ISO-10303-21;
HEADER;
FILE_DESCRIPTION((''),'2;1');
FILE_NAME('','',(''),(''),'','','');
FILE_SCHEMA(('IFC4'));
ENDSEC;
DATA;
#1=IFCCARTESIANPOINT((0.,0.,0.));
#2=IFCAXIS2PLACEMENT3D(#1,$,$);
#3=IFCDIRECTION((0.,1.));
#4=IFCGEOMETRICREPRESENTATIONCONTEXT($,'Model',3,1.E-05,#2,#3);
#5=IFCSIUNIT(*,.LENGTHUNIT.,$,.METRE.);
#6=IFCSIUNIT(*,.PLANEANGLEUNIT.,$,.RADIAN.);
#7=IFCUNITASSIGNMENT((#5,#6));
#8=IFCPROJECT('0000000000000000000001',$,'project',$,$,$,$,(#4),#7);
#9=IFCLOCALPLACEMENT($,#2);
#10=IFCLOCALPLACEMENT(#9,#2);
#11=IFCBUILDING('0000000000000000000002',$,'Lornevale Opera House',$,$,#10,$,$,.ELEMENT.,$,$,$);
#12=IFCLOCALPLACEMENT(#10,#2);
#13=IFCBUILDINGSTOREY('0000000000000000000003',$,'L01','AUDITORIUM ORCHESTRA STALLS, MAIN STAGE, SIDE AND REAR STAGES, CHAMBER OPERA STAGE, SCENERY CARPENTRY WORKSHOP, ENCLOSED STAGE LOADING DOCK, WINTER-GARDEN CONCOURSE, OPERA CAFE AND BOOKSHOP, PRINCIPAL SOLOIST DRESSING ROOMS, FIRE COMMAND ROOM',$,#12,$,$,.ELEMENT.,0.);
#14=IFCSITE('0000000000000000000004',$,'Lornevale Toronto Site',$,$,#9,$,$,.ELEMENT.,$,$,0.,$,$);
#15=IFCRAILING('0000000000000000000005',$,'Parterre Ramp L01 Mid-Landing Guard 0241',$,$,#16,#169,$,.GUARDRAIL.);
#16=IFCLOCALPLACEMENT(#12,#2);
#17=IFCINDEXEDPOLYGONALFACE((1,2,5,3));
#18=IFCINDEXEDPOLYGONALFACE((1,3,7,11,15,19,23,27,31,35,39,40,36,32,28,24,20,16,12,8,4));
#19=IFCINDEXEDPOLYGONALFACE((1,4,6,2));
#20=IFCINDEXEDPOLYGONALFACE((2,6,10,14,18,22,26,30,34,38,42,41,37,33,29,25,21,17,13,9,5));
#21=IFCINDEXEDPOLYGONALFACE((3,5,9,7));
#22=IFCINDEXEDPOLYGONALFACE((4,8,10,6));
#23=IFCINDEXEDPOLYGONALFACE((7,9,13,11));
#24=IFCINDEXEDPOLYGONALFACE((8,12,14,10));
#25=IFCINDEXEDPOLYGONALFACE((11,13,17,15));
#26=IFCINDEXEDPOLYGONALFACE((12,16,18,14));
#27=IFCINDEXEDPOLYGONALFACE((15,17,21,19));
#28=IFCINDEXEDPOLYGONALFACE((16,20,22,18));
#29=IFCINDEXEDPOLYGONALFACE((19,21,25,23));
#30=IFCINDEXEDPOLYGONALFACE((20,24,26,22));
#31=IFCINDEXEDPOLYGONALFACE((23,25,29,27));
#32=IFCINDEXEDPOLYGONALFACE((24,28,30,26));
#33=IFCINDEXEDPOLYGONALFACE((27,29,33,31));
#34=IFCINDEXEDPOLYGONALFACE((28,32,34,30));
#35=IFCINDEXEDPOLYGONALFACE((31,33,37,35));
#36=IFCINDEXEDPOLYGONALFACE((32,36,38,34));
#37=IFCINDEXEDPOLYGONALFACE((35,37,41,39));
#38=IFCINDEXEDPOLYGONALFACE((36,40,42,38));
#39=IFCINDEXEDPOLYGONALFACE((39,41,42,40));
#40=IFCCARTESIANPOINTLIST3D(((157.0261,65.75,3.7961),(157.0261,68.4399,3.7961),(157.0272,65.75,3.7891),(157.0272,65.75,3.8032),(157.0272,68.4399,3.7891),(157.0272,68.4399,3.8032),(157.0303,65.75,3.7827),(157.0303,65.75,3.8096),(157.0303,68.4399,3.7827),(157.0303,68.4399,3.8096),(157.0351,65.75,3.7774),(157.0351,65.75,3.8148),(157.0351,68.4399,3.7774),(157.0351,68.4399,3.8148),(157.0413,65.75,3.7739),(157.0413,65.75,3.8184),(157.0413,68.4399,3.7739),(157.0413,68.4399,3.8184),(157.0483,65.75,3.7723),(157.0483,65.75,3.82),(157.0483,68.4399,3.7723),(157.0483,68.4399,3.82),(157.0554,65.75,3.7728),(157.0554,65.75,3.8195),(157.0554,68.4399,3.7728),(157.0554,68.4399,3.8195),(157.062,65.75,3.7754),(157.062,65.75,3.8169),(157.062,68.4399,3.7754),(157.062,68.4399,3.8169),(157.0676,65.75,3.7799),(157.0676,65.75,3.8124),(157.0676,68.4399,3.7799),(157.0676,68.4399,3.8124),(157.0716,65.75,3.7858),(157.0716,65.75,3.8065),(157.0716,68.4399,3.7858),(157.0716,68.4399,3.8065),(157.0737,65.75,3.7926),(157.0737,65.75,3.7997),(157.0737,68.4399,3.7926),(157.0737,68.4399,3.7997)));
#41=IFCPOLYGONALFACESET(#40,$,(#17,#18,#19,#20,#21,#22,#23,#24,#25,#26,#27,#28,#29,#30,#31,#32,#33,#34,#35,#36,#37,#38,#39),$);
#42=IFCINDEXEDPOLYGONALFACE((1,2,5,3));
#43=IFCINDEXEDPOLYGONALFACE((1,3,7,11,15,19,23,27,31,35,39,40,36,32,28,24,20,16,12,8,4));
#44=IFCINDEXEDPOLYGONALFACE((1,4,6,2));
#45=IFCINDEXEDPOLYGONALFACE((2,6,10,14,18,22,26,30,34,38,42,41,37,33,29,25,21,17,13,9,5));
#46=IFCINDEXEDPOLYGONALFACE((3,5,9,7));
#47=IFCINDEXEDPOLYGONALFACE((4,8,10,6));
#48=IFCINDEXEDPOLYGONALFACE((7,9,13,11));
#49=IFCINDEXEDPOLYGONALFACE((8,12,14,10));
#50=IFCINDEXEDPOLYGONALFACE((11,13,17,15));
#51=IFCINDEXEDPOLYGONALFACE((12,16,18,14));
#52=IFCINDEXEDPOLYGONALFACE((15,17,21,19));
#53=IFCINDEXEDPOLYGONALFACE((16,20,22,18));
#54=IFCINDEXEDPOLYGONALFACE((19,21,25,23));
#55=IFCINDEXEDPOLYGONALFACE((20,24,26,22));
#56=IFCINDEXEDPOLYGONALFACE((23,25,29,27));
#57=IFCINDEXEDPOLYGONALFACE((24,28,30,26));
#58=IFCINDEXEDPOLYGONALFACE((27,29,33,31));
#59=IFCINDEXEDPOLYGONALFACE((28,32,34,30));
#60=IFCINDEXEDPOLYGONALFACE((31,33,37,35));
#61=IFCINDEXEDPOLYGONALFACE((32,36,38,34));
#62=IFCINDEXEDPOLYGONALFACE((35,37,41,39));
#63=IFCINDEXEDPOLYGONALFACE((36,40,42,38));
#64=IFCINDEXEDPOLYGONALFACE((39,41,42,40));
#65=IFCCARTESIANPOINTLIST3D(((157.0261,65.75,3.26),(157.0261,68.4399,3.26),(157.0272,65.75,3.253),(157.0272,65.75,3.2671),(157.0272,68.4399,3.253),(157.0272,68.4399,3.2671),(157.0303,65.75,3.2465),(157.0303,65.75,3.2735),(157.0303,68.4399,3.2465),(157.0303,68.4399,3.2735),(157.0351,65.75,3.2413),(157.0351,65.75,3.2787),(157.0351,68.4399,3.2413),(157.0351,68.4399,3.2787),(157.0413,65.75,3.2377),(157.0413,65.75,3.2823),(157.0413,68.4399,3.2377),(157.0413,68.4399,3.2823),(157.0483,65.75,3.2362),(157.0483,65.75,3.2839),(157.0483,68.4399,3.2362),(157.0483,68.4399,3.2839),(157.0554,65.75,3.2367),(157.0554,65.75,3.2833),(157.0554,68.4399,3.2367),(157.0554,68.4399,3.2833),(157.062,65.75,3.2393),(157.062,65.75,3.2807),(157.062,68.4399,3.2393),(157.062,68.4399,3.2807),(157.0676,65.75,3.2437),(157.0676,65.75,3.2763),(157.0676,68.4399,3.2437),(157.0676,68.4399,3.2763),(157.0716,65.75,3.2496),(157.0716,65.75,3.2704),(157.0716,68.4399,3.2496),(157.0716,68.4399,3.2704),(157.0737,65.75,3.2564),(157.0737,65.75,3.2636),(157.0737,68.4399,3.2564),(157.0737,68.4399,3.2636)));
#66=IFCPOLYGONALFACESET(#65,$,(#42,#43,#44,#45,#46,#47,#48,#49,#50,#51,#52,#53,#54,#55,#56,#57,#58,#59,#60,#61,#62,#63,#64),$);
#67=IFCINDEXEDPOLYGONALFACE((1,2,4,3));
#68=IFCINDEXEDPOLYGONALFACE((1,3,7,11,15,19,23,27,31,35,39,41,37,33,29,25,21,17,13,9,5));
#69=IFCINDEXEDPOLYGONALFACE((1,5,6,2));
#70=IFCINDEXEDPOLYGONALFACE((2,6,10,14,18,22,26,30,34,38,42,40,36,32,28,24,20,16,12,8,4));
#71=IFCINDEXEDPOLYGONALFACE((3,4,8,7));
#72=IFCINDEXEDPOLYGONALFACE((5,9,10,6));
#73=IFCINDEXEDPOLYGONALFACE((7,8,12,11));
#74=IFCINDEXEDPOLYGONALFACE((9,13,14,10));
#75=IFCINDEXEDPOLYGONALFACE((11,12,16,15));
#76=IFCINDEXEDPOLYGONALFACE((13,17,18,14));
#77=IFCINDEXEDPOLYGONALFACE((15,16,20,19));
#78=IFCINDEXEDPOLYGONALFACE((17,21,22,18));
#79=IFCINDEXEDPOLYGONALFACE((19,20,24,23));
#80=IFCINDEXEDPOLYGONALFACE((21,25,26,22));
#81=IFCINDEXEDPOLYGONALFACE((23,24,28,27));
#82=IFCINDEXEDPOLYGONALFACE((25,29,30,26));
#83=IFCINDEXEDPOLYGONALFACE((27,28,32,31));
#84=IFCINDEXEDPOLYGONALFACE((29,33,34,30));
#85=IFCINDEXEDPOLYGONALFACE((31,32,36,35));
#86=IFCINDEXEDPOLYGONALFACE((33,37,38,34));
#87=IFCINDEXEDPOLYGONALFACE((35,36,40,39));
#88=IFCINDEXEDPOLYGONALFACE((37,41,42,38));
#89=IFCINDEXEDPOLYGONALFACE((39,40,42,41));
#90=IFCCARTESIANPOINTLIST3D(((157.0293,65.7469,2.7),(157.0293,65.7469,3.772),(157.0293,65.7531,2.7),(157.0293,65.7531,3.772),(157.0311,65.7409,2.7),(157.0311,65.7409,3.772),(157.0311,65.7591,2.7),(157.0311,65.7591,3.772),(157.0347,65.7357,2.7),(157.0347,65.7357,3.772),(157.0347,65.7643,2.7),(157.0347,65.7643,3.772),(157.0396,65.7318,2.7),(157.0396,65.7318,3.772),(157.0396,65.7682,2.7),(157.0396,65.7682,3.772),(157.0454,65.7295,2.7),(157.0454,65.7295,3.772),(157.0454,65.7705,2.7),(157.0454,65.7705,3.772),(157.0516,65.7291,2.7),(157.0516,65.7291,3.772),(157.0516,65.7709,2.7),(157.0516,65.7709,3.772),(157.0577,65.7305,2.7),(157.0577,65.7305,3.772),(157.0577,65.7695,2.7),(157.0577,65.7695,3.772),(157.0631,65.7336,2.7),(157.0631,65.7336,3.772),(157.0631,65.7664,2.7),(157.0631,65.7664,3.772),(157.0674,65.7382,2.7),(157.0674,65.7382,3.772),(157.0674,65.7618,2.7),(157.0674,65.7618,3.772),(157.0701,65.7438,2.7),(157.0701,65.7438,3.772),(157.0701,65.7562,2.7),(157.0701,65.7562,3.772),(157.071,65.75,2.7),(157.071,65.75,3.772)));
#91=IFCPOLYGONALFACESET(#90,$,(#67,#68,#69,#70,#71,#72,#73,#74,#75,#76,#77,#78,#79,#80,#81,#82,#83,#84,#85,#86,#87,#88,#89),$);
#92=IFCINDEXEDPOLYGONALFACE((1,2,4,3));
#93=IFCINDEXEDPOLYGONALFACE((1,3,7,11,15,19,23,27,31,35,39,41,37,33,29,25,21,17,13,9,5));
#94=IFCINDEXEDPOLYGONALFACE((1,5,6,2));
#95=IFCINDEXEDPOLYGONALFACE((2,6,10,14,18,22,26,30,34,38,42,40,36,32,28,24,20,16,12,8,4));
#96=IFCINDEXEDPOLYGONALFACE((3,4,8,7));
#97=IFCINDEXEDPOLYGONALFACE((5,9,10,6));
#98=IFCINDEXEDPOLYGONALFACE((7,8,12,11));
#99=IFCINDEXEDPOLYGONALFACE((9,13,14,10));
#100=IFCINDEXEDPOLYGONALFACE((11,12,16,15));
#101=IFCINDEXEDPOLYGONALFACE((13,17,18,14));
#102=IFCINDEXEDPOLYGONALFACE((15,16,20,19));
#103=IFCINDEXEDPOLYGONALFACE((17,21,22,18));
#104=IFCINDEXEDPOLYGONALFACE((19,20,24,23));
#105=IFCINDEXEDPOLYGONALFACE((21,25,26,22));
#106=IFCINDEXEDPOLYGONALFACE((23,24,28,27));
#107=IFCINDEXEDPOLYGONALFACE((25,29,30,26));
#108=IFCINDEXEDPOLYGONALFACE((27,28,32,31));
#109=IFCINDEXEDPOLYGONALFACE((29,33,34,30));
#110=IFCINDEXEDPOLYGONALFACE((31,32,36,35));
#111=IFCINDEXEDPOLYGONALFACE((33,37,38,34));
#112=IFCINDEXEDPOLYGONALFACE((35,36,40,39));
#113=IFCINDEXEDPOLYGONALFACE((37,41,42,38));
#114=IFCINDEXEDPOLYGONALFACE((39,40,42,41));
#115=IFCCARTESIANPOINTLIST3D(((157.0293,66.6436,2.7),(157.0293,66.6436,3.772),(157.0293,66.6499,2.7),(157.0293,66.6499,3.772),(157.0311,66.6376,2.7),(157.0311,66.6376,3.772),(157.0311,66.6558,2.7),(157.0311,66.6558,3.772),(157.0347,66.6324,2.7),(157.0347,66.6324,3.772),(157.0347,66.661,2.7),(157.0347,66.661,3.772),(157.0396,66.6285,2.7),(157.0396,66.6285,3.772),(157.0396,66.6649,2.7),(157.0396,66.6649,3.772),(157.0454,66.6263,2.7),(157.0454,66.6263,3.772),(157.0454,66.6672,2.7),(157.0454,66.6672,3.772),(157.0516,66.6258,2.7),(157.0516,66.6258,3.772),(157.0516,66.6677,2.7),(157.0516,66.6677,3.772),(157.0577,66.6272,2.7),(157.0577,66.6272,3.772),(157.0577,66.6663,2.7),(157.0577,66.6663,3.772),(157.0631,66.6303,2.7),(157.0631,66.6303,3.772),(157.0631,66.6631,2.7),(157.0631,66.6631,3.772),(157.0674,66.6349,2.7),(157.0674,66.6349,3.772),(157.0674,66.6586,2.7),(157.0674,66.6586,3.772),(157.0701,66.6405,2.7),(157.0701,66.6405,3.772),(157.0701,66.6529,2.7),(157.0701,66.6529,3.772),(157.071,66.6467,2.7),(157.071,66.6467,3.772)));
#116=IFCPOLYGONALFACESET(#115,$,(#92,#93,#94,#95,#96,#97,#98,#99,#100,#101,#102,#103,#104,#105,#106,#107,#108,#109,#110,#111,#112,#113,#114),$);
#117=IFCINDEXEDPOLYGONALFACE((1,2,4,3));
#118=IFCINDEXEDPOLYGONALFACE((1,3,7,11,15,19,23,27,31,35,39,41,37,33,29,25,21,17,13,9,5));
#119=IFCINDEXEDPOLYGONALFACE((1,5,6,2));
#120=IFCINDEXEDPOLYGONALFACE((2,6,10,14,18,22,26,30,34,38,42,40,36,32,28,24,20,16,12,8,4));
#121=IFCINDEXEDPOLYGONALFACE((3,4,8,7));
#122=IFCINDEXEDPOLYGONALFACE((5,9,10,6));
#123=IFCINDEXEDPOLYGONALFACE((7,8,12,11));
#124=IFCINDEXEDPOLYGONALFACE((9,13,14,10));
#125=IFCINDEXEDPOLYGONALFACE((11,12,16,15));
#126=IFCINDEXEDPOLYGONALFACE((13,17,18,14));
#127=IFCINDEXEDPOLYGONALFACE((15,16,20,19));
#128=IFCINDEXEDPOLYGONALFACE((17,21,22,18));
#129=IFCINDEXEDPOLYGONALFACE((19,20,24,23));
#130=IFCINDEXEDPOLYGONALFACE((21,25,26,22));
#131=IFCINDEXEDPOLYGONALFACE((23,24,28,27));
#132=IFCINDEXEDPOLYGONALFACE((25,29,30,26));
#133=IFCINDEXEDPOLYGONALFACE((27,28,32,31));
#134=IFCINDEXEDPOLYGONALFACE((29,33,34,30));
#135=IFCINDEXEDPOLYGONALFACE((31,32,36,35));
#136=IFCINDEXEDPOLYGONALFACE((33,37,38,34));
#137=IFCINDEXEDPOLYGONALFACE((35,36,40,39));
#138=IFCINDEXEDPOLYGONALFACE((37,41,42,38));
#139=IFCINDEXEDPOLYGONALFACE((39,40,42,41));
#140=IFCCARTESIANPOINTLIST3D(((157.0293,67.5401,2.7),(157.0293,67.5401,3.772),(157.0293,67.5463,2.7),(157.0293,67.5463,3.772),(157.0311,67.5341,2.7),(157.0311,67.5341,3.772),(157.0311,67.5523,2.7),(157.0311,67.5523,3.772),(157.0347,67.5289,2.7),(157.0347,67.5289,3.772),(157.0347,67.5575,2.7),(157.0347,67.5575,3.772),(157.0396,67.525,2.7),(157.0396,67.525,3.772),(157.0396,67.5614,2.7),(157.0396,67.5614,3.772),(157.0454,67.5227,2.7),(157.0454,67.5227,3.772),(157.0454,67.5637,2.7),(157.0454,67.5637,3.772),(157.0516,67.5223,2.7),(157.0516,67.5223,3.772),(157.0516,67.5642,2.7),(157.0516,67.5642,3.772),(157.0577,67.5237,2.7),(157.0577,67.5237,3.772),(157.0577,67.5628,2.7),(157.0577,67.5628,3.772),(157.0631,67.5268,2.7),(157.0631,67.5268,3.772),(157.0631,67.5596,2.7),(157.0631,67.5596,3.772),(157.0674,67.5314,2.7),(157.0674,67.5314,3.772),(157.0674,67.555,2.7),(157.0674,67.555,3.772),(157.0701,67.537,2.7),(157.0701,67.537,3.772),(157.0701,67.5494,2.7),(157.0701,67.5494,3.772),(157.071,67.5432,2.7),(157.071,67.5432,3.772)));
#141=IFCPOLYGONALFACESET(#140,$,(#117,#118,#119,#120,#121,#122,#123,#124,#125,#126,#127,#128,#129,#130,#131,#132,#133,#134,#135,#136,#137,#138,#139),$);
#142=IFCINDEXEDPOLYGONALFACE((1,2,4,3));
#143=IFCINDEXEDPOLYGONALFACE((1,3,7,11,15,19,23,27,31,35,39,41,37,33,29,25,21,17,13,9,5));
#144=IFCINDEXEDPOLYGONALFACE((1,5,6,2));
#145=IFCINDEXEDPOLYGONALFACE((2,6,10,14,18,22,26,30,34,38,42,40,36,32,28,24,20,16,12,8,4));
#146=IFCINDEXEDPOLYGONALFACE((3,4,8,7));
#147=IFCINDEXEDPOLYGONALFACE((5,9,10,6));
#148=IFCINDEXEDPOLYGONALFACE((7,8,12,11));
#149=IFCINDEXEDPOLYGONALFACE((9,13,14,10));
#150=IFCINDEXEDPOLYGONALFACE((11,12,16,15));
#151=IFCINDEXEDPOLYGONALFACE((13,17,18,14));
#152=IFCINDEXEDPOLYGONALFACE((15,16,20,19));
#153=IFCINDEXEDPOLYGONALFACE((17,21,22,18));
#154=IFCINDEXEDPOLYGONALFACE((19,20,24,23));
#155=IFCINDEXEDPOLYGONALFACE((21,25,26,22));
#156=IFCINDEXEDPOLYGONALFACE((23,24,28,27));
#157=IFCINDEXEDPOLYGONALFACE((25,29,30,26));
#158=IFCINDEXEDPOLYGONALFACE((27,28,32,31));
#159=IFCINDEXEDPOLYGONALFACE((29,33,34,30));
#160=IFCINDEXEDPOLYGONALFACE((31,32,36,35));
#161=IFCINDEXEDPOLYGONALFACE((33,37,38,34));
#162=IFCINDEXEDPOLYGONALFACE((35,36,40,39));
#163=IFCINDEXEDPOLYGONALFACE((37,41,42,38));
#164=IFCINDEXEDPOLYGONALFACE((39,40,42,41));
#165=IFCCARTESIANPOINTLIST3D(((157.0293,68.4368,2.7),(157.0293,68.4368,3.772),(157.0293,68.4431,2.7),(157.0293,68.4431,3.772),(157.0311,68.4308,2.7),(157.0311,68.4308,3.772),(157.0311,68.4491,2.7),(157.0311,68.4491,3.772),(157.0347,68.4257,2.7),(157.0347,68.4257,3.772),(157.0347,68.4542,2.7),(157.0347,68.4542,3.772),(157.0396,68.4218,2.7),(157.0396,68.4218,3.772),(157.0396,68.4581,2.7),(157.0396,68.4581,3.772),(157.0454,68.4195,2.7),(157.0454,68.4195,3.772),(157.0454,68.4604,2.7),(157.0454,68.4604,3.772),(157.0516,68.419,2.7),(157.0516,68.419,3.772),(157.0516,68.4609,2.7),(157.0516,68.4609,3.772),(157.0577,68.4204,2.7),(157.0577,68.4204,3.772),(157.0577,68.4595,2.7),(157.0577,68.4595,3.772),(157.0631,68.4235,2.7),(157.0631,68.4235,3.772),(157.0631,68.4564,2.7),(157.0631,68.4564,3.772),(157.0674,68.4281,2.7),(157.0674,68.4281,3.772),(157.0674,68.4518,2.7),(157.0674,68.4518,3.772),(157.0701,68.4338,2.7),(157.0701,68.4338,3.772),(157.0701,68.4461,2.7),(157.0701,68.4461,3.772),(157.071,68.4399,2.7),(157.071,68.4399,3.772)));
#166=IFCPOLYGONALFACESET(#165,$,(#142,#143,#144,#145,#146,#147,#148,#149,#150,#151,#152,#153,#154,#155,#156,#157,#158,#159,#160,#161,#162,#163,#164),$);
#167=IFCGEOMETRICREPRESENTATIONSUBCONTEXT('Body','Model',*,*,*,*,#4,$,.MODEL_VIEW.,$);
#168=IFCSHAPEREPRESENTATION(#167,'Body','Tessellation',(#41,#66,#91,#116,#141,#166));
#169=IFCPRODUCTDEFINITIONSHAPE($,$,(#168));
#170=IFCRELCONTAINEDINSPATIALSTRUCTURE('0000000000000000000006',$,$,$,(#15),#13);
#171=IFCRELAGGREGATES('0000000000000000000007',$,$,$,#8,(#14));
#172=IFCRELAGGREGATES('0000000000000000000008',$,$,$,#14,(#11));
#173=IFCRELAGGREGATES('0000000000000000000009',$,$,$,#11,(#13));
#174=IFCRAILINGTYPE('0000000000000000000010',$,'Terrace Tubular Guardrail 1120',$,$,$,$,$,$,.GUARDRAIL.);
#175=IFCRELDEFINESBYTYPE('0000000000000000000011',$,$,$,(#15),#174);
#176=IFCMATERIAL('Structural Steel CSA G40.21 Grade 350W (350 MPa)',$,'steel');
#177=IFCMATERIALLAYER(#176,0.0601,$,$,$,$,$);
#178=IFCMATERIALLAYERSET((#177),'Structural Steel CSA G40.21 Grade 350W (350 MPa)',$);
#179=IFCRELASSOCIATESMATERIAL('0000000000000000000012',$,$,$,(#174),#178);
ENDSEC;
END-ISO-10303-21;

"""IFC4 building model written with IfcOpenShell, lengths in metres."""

from ifc_helpers import new_model, si_unit, direction, frame, origin, origin_2d, place, context, subcontext, project, spatial, circle, extrude, material, layer, layer_set, type_object, element, save


model = new_model("IFC4")

# Units and contexts
model_context = context("Model", 3, precision=1e-05, world=origin(), true_north=direction((0.0, 1.0)))
body_context = subcontext(model_context, "Body", "Model", "MODEL_VIEW")
ifc_project = project(units=[si_unit("LENGTHUNIT", "METRE"), si_unit("PLANEANGLEUNIT", "RADIAN")], contexts=[model_context])

# Site, building, storey
site_placement = place(None, origin())
site = spatial("IfcSite", under=ifc_project, at=site_placement, Name="Lornevale Toronto Site", CompositionType="ELEMENT", RefElevation=0.0)
building_placement = place(site_placement, origin())
building = spatial("IfcBuilding", under=site, at=building_placement, Name="Lornevale Opera House", CompositionType="ELEMENT")
storey_placement = place(building_placement, origin())
storey = spatial("IfcBuildingStorey", under=building, at=storey_placement, Name="L01", Description="AUDITORIUM ORCHESTRA STALLS, MAIN STAGE, SIDE AND REAR STAGES, CHAMBER OPERA STAGE, SCENERY CARPENTRY WORKSHOP, ENCLOSED STAGE LOADING DOCK, WINTER-GARDEN CONCOURSE, OPERA CAFE AND BOOKSHOP, PRINCIPAL SOLOIST DRESSING ROOMS, FIRE COMMAND ROOM", CompositionType="ELEMENT", Elevation=0.0)

# Shared definitions
ifc_material_1 = material(Name="Structural Steel CSA G40.21 Grade 350W (350 MPa)", Category="steel")

# Railing
ifc_layer_1 = layer(ifc_material_1, 0.0601)
ifc_layer_set_1 = layer_set([ifc_layer_1], Name="Structural Steel CSA G40.21 Grade 350W (350 MPa)")
railing_type = type_object("IfcRailingType", Name="Terrace Tubular Guardrail 1120", PredefinedType="GUARDRAIL", material=ifc_layer_set_1)
for number, where, name in (
    (1, (157.05, 65.75, 2.7), "Parterre Ramp L01 Mid-Landing Guard 0241"),
):
    element("IfcRailing", number, at=place(storey_placement, frame(where)), inside=storey, type_object=railing_type, Name=name, PredefinedType="GUARDRAIL", context=body_context, shape_type="SweptSolid", body=[
        extrude(circle(Radius=0.0239, at=origin_2d()), frame((0.0, 0.0, 1.0962), z_axis=(0.0, 1.0, 0.0), x_axis=(-1.0, 0.0, 0.0)), (0.0, 0.0, 1.0), 2.6899),
        extrude(circle(Radius=0.0239, at=origin_2d()), frame((0.0, 0.0, 0.5601), z_axis=(0.0, 1.0, 0.0), x_axis=(-1.0, 0.0, 0.0)), (0.0, 0.0, 1.0), 2.6899),
        extrude(circle(Radius=0.021, at=origin_2d()), origin(), (0.0, 0.0, 1.0), 1.072),
        extrude(circle(Radius=0.021, at=origin_2d()), frame((0.0, 0.8967, 0.0)), (0.0, 0.0, 1.0), 1.072),
        extrude(circle(Radius=0.021, at=origin_2d()), frame((0.0, 1.7932, 0.0)), (0.0, 0.0, 1.0), 1.072),
        extrude(circle(Radius=0.021, at=origin_2d()), frame((0.0, 2.6899, 0.0)), (0.0, 0.0, 1.0), 1.072),
    ])

save(model, "model.ifc")
